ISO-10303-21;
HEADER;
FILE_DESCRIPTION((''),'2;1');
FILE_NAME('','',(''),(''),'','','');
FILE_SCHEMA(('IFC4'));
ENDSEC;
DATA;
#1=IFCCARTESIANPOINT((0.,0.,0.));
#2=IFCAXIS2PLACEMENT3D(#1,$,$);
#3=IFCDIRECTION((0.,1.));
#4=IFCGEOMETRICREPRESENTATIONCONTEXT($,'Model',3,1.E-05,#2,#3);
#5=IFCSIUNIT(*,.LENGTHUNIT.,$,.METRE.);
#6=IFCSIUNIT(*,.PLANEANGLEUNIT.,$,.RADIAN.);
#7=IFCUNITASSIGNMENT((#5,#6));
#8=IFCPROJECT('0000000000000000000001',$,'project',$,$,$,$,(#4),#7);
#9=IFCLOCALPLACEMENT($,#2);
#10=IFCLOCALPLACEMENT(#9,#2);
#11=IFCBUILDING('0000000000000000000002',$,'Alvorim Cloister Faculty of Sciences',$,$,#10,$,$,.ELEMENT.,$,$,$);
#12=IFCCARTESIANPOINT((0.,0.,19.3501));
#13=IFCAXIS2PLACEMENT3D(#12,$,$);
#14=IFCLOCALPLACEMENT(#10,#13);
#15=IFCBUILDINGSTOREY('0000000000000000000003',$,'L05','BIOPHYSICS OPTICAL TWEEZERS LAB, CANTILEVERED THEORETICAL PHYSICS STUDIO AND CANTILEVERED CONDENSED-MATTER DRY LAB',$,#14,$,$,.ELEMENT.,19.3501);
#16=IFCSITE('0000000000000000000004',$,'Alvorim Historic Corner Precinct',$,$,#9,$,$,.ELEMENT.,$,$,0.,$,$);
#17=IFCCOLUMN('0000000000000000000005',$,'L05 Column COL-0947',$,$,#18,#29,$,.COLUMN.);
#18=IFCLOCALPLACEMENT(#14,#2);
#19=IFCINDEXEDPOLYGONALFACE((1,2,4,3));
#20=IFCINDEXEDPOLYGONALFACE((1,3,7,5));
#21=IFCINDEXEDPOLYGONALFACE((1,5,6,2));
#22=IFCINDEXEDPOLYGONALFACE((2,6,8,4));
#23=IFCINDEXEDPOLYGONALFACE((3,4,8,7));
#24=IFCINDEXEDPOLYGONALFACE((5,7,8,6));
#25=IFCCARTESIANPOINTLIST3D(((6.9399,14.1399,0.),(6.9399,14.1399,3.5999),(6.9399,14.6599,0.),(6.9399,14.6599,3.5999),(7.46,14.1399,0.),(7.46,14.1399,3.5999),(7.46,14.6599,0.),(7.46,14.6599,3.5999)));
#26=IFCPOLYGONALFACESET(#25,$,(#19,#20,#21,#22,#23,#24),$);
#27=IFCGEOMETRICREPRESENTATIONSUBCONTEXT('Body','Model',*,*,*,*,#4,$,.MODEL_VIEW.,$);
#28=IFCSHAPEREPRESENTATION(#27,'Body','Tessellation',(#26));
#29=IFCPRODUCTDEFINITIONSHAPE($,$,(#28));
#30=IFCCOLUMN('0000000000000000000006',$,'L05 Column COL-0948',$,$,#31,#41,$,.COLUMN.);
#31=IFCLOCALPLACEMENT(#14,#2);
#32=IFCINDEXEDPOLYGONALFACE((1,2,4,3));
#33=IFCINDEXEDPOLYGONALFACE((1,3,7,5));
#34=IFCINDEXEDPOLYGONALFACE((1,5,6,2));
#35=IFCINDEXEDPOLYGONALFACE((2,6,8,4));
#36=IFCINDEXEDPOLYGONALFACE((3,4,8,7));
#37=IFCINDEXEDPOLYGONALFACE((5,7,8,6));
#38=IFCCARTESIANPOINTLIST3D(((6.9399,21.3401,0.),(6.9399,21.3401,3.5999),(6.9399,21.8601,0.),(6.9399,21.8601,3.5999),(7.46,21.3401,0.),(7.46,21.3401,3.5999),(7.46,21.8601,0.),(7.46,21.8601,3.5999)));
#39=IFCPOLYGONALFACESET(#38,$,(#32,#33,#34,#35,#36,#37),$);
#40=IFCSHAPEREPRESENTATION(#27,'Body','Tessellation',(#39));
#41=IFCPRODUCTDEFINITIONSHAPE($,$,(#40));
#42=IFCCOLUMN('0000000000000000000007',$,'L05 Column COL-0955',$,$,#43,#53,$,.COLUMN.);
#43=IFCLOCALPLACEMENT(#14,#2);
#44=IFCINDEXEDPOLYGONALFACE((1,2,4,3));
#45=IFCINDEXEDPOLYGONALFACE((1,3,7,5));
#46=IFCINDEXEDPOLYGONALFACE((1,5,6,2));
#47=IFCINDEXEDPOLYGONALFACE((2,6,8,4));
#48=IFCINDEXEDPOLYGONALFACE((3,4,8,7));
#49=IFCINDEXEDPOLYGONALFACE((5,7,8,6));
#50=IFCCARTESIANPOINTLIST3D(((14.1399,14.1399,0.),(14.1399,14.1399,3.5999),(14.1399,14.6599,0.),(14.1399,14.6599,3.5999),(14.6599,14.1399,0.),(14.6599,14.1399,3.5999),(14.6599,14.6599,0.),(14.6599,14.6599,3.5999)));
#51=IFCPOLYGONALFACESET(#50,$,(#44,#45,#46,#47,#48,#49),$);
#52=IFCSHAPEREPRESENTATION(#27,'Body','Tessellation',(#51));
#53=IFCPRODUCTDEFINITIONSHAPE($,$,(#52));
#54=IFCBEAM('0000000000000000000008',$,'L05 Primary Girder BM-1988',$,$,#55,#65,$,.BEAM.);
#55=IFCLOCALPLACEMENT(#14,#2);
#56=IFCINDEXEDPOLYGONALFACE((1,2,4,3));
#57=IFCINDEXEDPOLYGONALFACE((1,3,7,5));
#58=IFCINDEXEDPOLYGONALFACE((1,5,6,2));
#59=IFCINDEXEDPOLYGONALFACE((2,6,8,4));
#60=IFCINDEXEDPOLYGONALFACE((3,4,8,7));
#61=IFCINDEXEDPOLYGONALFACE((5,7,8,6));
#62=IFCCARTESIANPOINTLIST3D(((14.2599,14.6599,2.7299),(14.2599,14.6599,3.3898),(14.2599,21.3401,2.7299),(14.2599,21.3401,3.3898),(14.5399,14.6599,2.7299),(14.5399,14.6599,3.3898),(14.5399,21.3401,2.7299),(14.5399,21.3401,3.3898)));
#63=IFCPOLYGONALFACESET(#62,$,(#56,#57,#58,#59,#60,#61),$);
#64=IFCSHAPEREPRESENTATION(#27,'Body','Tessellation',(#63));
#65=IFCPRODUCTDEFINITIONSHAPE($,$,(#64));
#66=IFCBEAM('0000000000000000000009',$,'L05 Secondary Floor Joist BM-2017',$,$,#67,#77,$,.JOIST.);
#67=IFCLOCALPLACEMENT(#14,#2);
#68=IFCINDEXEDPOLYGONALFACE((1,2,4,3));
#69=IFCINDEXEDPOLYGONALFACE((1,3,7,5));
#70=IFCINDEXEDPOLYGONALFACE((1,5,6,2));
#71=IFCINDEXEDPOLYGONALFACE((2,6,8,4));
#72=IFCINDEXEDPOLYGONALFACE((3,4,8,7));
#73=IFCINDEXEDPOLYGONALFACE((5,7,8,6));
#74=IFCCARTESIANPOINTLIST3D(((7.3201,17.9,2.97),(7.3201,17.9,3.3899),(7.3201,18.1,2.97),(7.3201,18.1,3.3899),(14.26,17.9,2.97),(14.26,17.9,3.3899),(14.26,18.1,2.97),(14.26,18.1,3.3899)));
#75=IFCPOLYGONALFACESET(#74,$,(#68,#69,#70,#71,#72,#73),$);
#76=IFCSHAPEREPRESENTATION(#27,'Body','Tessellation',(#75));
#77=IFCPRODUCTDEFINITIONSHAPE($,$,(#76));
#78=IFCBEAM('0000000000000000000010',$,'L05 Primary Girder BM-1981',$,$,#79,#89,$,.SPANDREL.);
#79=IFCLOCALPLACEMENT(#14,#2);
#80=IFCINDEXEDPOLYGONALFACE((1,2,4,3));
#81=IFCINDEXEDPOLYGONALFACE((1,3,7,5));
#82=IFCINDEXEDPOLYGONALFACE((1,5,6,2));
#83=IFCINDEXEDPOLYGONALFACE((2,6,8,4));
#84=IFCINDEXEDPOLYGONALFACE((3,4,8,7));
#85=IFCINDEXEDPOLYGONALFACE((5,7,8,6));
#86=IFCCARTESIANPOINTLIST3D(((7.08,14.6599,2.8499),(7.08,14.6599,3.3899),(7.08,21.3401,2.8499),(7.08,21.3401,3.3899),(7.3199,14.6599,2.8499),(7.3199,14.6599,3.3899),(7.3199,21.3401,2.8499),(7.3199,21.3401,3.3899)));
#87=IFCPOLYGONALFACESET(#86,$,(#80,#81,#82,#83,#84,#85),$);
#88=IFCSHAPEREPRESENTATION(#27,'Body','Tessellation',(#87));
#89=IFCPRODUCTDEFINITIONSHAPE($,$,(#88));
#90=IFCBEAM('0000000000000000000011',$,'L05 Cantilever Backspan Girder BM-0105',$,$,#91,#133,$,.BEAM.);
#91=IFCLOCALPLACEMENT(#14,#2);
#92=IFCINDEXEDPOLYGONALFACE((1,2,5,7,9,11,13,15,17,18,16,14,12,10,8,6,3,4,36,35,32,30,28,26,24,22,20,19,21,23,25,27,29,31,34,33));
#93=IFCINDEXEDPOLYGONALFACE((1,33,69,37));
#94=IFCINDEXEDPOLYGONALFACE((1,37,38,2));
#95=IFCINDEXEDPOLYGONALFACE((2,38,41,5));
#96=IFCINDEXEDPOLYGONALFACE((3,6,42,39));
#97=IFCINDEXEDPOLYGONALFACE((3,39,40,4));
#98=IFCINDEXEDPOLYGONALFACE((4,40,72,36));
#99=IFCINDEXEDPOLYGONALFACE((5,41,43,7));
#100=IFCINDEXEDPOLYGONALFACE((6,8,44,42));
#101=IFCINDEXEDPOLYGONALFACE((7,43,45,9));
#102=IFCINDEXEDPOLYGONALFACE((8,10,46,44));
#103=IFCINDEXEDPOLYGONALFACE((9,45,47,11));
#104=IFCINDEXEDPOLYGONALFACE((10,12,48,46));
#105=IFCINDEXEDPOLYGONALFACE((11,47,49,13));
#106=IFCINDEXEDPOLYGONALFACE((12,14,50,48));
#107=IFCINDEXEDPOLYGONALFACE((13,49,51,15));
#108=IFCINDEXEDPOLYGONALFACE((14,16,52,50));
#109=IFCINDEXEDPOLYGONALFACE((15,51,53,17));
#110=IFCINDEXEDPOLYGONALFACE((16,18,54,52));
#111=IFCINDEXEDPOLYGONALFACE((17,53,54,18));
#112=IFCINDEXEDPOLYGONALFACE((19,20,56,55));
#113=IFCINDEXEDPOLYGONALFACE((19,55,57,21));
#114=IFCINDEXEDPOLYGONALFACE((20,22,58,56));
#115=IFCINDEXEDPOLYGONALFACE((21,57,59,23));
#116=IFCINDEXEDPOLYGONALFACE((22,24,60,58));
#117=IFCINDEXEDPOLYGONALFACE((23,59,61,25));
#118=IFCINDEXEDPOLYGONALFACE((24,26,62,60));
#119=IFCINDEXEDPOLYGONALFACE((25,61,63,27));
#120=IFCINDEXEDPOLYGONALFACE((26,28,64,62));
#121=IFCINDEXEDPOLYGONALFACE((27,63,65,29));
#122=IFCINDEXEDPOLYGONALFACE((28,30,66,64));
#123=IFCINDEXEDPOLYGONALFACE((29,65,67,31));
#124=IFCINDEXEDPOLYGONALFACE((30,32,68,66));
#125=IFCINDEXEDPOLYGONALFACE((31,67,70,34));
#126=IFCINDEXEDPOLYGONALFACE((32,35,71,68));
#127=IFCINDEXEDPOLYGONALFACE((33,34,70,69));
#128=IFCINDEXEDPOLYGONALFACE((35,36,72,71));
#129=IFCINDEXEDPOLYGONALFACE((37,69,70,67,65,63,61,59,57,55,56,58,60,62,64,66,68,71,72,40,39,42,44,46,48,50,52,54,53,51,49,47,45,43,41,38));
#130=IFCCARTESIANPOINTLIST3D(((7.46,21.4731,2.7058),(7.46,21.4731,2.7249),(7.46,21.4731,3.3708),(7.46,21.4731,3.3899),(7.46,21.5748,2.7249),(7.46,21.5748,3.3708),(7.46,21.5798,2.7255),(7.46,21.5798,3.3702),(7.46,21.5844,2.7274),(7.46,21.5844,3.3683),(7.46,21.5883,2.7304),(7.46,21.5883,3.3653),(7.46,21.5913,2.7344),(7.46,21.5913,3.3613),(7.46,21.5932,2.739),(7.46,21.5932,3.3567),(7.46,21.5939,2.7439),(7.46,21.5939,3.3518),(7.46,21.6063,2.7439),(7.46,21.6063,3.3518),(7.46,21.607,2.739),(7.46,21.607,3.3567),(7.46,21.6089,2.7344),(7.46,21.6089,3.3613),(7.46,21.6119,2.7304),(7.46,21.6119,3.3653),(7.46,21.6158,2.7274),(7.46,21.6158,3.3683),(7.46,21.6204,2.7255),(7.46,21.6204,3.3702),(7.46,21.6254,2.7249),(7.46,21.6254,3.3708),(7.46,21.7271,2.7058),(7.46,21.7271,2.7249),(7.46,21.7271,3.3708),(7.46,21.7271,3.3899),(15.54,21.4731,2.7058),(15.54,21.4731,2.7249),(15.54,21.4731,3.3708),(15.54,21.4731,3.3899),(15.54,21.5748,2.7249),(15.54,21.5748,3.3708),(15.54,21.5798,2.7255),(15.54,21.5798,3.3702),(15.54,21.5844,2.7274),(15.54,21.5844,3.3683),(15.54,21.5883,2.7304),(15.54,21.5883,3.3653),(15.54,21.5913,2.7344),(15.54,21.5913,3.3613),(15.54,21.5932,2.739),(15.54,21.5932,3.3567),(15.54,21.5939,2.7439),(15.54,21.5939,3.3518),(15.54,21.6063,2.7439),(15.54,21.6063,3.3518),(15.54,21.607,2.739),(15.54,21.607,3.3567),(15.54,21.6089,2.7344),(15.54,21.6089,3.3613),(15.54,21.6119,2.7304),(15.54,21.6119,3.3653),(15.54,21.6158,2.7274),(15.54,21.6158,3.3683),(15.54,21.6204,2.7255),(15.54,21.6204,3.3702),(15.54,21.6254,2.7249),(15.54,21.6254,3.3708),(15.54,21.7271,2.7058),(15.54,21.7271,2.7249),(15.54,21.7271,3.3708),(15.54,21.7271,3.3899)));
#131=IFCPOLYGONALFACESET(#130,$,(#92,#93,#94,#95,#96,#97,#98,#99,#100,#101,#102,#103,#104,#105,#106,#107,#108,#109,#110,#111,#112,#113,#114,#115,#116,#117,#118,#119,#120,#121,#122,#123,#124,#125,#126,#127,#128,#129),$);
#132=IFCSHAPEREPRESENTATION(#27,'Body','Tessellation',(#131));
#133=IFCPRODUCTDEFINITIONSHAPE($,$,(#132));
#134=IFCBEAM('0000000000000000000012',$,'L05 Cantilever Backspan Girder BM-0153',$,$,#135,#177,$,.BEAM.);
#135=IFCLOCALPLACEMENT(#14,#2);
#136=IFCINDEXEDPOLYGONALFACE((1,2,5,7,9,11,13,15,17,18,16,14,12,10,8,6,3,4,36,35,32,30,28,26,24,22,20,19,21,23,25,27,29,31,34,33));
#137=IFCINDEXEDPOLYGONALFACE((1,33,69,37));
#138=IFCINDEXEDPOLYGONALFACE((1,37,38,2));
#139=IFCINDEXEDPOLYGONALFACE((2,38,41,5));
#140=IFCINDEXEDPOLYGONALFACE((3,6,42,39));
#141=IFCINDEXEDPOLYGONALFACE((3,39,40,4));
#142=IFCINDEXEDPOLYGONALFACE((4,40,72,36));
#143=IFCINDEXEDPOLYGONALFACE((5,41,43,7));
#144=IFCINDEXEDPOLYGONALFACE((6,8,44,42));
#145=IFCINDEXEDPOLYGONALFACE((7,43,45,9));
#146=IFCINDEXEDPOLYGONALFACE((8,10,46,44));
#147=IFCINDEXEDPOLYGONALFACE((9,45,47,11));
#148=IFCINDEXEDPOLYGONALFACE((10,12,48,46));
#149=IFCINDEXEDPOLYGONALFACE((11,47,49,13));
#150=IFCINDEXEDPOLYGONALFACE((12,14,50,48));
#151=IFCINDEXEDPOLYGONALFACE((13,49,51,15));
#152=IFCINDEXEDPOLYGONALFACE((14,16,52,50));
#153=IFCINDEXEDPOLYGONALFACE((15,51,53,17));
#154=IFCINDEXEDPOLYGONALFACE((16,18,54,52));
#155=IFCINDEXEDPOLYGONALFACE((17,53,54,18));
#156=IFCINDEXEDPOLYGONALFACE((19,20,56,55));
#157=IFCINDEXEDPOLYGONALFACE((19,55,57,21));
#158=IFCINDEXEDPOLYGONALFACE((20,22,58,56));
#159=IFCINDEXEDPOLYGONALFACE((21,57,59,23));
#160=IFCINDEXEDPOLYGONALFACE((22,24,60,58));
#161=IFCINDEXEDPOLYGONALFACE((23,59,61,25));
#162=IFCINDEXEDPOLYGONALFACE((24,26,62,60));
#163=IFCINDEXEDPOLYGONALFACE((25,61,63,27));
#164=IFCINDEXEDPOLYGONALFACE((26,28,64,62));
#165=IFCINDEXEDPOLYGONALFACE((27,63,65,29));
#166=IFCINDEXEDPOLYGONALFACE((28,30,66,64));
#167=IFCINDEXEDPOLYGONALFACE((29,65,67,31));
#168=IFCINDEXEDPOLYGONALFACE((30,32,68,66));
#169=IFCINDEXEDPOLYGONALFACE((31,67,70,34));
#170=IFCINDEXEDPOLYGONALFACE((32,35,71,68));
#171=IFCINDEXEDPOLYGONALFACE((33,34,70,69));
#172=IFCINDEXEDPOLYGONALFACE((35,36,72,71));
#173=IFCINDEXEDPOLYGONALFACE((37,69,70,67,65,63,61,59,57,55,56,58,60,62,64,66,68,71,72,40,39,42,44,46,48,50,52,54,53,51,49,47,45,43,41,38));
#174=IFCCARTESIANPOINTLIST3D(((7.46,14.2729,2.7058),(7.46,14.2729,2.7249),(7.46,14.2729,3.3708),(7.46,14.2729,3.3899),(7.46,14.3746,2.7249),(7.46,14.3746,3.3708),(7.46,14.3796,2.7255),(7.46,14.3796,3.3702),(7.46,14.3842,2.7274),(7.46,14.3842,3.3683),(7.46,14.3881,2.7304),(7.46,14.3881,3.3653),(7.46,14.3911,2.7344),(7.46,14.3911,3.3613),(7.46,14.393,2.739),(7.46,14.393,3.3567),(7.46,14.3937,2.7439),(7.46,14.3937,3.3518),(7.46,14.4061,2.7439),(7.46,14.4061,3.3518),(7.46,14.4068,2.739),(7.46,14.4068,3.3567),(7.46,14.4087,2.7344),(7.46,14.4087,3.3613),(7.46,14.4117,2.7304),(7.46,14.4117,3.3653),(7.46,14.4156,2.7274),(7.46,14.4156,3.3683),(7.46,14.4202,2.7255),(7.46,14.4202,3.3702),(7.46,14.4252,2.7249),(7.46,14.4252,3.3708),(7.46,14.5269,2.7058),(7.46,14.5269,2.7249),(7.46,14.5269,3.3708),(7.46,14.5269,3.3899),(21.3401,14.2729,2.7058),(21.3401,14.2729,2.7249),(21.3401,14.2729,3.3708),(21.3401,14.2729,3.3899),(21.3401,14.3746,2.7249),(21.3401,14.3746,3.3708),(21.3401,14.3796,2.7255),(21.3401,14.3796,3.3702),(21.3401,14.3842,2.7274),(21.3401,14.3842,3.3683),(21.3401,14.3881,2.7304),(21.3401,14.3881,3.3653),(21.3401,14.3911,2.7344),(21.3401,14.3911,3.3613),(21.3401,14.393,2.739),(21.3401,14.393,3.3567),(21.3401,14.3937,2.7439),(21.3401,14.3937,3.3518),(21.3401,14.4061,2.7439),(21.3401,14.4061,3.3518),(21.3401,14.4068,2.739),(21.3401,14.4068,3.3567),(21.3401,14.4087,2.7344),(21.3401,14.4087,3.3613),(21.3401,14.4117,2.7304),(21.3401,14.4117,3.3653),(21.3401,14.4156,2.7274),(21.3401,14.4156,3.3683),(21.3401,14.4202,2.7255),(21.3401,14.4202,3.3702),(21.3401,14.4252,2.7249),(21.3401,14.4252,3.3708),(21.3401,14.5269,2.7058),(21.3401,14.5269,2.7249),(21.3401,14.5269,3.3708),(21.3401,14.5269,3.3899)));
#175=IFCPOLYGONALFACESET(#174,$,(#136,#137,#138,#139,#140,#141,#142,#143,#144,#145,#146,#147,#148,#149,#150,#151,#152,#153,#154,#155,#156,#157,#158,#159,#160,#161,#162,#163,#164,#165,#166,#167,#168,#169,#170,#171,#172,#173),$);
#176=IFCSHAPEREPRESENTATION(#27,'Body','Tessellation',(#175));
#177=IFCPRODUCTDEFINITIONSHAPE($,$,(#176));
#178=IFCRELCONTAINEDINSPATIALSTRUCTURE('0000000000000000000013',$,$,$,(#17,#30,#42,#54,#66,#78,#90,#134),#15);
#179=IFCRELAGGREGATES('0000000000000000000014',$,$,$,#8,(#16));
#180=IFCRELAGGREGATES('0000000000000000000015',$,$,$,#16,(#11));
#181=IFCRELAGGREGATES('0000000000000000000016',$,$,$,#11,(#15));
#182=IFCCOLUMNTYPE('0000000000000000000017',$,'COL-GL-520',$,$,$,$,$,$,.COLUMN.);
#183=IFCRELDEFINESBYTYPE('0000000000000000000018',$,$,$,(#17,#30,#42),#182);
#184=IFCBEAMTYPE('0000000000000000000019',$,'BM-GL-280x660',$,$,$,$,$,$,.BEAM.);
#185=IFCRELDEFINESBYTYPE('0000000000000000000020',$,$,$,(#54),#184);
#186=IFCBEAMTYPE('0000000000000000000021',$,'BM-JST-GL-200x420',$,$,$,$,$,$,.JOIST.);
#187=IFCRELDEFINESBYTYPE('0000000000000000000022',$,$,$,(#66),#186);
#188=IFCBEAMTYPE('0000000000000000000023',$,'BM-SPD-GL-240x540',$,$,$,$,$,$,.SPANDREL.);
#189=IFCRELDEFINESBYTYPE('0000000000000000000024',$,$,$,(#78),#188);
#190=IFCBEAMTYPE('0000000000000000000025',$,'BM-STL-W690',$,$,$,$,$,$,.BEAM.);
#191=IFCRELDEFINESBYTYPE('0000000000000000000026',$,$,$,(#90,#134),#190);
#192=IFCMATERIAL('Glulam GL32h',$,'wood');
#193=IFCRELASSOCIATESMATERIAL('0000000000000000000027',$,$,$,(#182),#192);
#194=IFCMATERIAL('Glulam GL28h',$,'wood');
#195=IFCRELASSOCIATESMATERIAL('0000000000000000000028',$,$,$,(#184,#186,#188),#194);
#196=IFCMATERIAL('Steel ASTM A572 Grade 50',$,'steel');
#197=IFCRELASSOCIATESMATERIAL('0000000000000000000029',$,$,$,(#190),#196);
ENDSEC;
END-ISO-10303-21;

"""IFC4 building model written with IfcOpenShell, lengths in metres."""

from ifc_helpers import new_model, si_unit, direction, frame, origin, origin_2d, place, context, subcontext, project, spatial, rectangle, i_section, extrude, material, material_profile, profile_set, type_object, element, save


model = new_model("IFC4")

# Units and contexts
model_context = context("Model", 3, precision=1e-05, world=origin(), true_north=direction((0.0, 1.0)))
body_context = subcontext(model_context, "Body", "Model", "MODEL_VIEW")
ifc_project = project(units=[si_unit("LENGTHUNIT", "METRE"), si_unit("PLANEANGLEUNIT", "RADIAN")], contexts=[model_context])

# Site, building, storey
site_placement = place(None, origin())
site = spatial("IfcSite", under=ifc_project, at=site_placement, Name="Alvorim Historic Corner Precinct", CompositionType="ELEMENT", RefElevation=0.0)
building_placement = place(site_placement, origin())
building = spatial("IfcBuilding", under=site, at=building_placement, Name="Alvorim Cloister Faculty of Sciences", CompositionType="ELEMENT")
storey_placement = place(building_placement, frame((0.0, 0.0, 19.3501)))
storey = spatial("IfcBuildingStorey", under=building, at=storey_placement, Name="L05", Description="BIOPHYSICS OPTICAL TWEEZERS LAB, CANTILEVERED THEORETICAL PHYSICS STUDIO AND CANTILEVERED CONDENSED-MATTER DRY LAB", CompositionType="ELEMENT", Elevation=19.3501)

# Columns
ifc_material_1 = material(Name="Glulam GL32h", Category="wood")
ifc_material_profile_1 = material_profile(ifc_material_1, rectangle(XDim=0.52, YDim=0.52, at=origin_2d()), Name="GL32-COL-520x520")
ifc_profile_set_1 = profile_set([ifc_material_profile_1], Name="Glulam GL32h")
column_type = type_object("IfcColumnType", Name="COL-GL-520", PredefinedType="COLUMN", material=ifc_profile_set_1)
for number, where, z_axis, x_axis, name in (
    (1, (7.2, 14.3999, 0.0), (0.0, 0.0, 1.0), (1.0, 0.0, 0.0), "L05 Column COL-0947"),
    (2, (7.2, 21.6001, 0.0), (0.0, 0.0, 1.0), (1.0, 0.0, 0.0), "L05 Column COL-0948"),
    (3, (14.3999, 14.3999, 0.0), (0.0, 0.0, 1.0), (1.0, 0.0, 0.0), "L05 Column COL-0955"),
):
    element("IfcColumn", number, at=place(storey_placement, frame(where, z_axis=z_axis, x_axis=x_axis)), inside=storey, type_object=column_type, Name=name, PredefinedType="COLUMN", context=body_context, shape_type="SweptSolid", body=[
        extrude(rectangle(XDim=0.52, YDim=0.52, at=origin_2d()), origin(), (0.0, 0.0, 1.0), 3.5999),
    ])

# Beams
ifc_material_2 = material(Name="Glulam GL28h", Category="wood")
ifc_material_profile_2 = material_profile(ifc_material_2, rectangle(XDim=0.28, YDim=0.6599, at=origin_2d()), Name="GL28-BM-280x660")
ifc_profile_set_2 = profile_set([ifc_material_profile_2], Name="Glulam GL28h")
beam_type_1 = type_object("IfcBeamType", Name="BM-GL-280x660", PredefinedType="BEAM", material=ifc_profile_set_2)
beam_1_placement = place(storey_placement, frame((14.3999, 14.6599, 3.0598), z_axis=(0.0, 1.0, 0.0), x_axis=(-1.0, 0.0, 0.0)))
element("IfcBeam", 4, at=beam_1_placement, inside=storey, type_object=beam_type_1, Name="L05 Primary Girder BM-1988", PredefinedType="BEAM", context=body_context, shape_type="SweptSolid", body=[
    extrude(rectangle(XDim=0.28, YDim=0.6599, at=origin_2d()), origin(), (0.0, 0.0, 1.0), 6.6802),
])
ifc_material_profile_3 = material_profile(ifc_material_2, rectangle(XDim=0.2, YDim=0.4199, at=origin_2d()), Name="GL28-JST-200x420")
ifc_profile_set_3 = profile_set([ifc_material_profile_3], Name="Glulam GL28h")
beam_type_2 = type_object("IfcBeamType", Name="BM-JST-GL-200x420", PredefinedType="JOIST", material=ifc_profile_set_3)
beam_2_placement = place(storey_placement, frame((7.3201, 18.0, 3.1799), z_axis=(1.0, 0.0, 0.0), x_axis=(0.0, 1.0, 0.0)))
element("IfcBeam", 5, at=beam_2_placement, inside=storey, type_object=beam_type_2, Name="L05 Secondary Floor Joist BM-2017", PredefinedType="JOIST", context=body_context, shape_type="SweptSolid", body=[
    extrude(rectangle(XDim=0.2, YDim=0.4199, at=origin_2d()), origin(), (0.0, 0.0, 1.0), 6.9399),
])
ifc_material_profile_4 = material_profile(ifc_material_2, rectangle(XDim=0.24, YDim=0.54, at=origin_2d()), Name="GL28-SPD-240x540")
ifc_profile_set_4 = profile_set([ifc_material_profile_4], Name="Glulam GL28h")
beam_type_3 = type_object("IfcBeamType", Name="BM-SPD-GL-240x540", PredefinedType="SPANDREL", material=ifc_profile_set_4)
beam_3_placement = place(storey_placement, frame((7.2, 14.6599, 3.1199), z_axis=(0.0, 1.0, 0.0), x_axis=(-1.0, 0.0, 0.0)))
element("IfcBeam", 6, at=beam_3_placement, inside=storey, type_object=beam_type_3, Name="L05 Primary Girder BM-1981", PredefinedType="SPANDREL", context=body_context, shape_type="SweptSolid", body=[
    extrude(rectangle(XDim=0.24, YDim=0.54, at=origin_2d()), origin(), (0.0, 0.0, 1.0), 6.6802),
])
ifc_material_3 = material(Name="Steel ASTM A572 Grade 50", Category="steel")
ifc_material_profile_5 = material_profile(ifc_material_3, i_section(OverallWidth=0.2539, OverallDepth=0.6841, WebThickness=0.0125, FlangeThickness=0.019, FilletRadius=0.019, at=origin_2d()), Name="W690x140.0")
ifc_profile_set_5 = profile_set([ifc_material_profile_5], Name="Steel ASTM A572 Grade 50")
beam_type_4 = type_object("IfcBeamType", Name="BM-STL-W690", PredefinedType="BEAM", material=ifc_profile_set_5)
beam_4_placement = place(storey_placement, frame((7.46, 21.6001, 3.0479), z_axis=(1.0, 0.0, 0.0), x_axis=(0.0, 1.0, 0.0)))
element("IfcBeam", 7, at=beam_4_placement, inside=storey, type_object=beam_type_4, Name="L05 Cantilever Backspan Girder BM-0105", PredefinedType="BEAM", context=body_context, shape_type="SweptSolid", body=[
    extrude(i_section(OverallWidth=0.2539, OverallDepth=0.6841, WebThickness=0.0125, FlangeThickness=0.019, FilletRadius=0.019, at=origin_2d()), origin(), (0.0, 0.0, 1.0), 8.0801),
])
beam_5_placement = place(storey_placement, frame((7.46, 14.3999, 3.0479), z_axis=(1.0, 0.0, 0.0), x_axis=(0.0, 1.0, 0.0)))
element("IfcBeam", 8, at=beam_5_placement, inside=storey, type_object=beam_type_4, Name="L05 Cantilever Backspan Girder BM-0153", PredefinedType="BEAM", context=body_context, shape_type="SweptSolid", body=[
    extrude(i_section(OverallWidth=0.2539, OverallDepth=0.6841, WebThickness=0.0125, FlangeThickness=0.019, FilletRadius=0.019, at=origin_2d()), origin(), (0.0, 0.0, 1.0), 13.8801),
])

save(model, "model.ifc")
